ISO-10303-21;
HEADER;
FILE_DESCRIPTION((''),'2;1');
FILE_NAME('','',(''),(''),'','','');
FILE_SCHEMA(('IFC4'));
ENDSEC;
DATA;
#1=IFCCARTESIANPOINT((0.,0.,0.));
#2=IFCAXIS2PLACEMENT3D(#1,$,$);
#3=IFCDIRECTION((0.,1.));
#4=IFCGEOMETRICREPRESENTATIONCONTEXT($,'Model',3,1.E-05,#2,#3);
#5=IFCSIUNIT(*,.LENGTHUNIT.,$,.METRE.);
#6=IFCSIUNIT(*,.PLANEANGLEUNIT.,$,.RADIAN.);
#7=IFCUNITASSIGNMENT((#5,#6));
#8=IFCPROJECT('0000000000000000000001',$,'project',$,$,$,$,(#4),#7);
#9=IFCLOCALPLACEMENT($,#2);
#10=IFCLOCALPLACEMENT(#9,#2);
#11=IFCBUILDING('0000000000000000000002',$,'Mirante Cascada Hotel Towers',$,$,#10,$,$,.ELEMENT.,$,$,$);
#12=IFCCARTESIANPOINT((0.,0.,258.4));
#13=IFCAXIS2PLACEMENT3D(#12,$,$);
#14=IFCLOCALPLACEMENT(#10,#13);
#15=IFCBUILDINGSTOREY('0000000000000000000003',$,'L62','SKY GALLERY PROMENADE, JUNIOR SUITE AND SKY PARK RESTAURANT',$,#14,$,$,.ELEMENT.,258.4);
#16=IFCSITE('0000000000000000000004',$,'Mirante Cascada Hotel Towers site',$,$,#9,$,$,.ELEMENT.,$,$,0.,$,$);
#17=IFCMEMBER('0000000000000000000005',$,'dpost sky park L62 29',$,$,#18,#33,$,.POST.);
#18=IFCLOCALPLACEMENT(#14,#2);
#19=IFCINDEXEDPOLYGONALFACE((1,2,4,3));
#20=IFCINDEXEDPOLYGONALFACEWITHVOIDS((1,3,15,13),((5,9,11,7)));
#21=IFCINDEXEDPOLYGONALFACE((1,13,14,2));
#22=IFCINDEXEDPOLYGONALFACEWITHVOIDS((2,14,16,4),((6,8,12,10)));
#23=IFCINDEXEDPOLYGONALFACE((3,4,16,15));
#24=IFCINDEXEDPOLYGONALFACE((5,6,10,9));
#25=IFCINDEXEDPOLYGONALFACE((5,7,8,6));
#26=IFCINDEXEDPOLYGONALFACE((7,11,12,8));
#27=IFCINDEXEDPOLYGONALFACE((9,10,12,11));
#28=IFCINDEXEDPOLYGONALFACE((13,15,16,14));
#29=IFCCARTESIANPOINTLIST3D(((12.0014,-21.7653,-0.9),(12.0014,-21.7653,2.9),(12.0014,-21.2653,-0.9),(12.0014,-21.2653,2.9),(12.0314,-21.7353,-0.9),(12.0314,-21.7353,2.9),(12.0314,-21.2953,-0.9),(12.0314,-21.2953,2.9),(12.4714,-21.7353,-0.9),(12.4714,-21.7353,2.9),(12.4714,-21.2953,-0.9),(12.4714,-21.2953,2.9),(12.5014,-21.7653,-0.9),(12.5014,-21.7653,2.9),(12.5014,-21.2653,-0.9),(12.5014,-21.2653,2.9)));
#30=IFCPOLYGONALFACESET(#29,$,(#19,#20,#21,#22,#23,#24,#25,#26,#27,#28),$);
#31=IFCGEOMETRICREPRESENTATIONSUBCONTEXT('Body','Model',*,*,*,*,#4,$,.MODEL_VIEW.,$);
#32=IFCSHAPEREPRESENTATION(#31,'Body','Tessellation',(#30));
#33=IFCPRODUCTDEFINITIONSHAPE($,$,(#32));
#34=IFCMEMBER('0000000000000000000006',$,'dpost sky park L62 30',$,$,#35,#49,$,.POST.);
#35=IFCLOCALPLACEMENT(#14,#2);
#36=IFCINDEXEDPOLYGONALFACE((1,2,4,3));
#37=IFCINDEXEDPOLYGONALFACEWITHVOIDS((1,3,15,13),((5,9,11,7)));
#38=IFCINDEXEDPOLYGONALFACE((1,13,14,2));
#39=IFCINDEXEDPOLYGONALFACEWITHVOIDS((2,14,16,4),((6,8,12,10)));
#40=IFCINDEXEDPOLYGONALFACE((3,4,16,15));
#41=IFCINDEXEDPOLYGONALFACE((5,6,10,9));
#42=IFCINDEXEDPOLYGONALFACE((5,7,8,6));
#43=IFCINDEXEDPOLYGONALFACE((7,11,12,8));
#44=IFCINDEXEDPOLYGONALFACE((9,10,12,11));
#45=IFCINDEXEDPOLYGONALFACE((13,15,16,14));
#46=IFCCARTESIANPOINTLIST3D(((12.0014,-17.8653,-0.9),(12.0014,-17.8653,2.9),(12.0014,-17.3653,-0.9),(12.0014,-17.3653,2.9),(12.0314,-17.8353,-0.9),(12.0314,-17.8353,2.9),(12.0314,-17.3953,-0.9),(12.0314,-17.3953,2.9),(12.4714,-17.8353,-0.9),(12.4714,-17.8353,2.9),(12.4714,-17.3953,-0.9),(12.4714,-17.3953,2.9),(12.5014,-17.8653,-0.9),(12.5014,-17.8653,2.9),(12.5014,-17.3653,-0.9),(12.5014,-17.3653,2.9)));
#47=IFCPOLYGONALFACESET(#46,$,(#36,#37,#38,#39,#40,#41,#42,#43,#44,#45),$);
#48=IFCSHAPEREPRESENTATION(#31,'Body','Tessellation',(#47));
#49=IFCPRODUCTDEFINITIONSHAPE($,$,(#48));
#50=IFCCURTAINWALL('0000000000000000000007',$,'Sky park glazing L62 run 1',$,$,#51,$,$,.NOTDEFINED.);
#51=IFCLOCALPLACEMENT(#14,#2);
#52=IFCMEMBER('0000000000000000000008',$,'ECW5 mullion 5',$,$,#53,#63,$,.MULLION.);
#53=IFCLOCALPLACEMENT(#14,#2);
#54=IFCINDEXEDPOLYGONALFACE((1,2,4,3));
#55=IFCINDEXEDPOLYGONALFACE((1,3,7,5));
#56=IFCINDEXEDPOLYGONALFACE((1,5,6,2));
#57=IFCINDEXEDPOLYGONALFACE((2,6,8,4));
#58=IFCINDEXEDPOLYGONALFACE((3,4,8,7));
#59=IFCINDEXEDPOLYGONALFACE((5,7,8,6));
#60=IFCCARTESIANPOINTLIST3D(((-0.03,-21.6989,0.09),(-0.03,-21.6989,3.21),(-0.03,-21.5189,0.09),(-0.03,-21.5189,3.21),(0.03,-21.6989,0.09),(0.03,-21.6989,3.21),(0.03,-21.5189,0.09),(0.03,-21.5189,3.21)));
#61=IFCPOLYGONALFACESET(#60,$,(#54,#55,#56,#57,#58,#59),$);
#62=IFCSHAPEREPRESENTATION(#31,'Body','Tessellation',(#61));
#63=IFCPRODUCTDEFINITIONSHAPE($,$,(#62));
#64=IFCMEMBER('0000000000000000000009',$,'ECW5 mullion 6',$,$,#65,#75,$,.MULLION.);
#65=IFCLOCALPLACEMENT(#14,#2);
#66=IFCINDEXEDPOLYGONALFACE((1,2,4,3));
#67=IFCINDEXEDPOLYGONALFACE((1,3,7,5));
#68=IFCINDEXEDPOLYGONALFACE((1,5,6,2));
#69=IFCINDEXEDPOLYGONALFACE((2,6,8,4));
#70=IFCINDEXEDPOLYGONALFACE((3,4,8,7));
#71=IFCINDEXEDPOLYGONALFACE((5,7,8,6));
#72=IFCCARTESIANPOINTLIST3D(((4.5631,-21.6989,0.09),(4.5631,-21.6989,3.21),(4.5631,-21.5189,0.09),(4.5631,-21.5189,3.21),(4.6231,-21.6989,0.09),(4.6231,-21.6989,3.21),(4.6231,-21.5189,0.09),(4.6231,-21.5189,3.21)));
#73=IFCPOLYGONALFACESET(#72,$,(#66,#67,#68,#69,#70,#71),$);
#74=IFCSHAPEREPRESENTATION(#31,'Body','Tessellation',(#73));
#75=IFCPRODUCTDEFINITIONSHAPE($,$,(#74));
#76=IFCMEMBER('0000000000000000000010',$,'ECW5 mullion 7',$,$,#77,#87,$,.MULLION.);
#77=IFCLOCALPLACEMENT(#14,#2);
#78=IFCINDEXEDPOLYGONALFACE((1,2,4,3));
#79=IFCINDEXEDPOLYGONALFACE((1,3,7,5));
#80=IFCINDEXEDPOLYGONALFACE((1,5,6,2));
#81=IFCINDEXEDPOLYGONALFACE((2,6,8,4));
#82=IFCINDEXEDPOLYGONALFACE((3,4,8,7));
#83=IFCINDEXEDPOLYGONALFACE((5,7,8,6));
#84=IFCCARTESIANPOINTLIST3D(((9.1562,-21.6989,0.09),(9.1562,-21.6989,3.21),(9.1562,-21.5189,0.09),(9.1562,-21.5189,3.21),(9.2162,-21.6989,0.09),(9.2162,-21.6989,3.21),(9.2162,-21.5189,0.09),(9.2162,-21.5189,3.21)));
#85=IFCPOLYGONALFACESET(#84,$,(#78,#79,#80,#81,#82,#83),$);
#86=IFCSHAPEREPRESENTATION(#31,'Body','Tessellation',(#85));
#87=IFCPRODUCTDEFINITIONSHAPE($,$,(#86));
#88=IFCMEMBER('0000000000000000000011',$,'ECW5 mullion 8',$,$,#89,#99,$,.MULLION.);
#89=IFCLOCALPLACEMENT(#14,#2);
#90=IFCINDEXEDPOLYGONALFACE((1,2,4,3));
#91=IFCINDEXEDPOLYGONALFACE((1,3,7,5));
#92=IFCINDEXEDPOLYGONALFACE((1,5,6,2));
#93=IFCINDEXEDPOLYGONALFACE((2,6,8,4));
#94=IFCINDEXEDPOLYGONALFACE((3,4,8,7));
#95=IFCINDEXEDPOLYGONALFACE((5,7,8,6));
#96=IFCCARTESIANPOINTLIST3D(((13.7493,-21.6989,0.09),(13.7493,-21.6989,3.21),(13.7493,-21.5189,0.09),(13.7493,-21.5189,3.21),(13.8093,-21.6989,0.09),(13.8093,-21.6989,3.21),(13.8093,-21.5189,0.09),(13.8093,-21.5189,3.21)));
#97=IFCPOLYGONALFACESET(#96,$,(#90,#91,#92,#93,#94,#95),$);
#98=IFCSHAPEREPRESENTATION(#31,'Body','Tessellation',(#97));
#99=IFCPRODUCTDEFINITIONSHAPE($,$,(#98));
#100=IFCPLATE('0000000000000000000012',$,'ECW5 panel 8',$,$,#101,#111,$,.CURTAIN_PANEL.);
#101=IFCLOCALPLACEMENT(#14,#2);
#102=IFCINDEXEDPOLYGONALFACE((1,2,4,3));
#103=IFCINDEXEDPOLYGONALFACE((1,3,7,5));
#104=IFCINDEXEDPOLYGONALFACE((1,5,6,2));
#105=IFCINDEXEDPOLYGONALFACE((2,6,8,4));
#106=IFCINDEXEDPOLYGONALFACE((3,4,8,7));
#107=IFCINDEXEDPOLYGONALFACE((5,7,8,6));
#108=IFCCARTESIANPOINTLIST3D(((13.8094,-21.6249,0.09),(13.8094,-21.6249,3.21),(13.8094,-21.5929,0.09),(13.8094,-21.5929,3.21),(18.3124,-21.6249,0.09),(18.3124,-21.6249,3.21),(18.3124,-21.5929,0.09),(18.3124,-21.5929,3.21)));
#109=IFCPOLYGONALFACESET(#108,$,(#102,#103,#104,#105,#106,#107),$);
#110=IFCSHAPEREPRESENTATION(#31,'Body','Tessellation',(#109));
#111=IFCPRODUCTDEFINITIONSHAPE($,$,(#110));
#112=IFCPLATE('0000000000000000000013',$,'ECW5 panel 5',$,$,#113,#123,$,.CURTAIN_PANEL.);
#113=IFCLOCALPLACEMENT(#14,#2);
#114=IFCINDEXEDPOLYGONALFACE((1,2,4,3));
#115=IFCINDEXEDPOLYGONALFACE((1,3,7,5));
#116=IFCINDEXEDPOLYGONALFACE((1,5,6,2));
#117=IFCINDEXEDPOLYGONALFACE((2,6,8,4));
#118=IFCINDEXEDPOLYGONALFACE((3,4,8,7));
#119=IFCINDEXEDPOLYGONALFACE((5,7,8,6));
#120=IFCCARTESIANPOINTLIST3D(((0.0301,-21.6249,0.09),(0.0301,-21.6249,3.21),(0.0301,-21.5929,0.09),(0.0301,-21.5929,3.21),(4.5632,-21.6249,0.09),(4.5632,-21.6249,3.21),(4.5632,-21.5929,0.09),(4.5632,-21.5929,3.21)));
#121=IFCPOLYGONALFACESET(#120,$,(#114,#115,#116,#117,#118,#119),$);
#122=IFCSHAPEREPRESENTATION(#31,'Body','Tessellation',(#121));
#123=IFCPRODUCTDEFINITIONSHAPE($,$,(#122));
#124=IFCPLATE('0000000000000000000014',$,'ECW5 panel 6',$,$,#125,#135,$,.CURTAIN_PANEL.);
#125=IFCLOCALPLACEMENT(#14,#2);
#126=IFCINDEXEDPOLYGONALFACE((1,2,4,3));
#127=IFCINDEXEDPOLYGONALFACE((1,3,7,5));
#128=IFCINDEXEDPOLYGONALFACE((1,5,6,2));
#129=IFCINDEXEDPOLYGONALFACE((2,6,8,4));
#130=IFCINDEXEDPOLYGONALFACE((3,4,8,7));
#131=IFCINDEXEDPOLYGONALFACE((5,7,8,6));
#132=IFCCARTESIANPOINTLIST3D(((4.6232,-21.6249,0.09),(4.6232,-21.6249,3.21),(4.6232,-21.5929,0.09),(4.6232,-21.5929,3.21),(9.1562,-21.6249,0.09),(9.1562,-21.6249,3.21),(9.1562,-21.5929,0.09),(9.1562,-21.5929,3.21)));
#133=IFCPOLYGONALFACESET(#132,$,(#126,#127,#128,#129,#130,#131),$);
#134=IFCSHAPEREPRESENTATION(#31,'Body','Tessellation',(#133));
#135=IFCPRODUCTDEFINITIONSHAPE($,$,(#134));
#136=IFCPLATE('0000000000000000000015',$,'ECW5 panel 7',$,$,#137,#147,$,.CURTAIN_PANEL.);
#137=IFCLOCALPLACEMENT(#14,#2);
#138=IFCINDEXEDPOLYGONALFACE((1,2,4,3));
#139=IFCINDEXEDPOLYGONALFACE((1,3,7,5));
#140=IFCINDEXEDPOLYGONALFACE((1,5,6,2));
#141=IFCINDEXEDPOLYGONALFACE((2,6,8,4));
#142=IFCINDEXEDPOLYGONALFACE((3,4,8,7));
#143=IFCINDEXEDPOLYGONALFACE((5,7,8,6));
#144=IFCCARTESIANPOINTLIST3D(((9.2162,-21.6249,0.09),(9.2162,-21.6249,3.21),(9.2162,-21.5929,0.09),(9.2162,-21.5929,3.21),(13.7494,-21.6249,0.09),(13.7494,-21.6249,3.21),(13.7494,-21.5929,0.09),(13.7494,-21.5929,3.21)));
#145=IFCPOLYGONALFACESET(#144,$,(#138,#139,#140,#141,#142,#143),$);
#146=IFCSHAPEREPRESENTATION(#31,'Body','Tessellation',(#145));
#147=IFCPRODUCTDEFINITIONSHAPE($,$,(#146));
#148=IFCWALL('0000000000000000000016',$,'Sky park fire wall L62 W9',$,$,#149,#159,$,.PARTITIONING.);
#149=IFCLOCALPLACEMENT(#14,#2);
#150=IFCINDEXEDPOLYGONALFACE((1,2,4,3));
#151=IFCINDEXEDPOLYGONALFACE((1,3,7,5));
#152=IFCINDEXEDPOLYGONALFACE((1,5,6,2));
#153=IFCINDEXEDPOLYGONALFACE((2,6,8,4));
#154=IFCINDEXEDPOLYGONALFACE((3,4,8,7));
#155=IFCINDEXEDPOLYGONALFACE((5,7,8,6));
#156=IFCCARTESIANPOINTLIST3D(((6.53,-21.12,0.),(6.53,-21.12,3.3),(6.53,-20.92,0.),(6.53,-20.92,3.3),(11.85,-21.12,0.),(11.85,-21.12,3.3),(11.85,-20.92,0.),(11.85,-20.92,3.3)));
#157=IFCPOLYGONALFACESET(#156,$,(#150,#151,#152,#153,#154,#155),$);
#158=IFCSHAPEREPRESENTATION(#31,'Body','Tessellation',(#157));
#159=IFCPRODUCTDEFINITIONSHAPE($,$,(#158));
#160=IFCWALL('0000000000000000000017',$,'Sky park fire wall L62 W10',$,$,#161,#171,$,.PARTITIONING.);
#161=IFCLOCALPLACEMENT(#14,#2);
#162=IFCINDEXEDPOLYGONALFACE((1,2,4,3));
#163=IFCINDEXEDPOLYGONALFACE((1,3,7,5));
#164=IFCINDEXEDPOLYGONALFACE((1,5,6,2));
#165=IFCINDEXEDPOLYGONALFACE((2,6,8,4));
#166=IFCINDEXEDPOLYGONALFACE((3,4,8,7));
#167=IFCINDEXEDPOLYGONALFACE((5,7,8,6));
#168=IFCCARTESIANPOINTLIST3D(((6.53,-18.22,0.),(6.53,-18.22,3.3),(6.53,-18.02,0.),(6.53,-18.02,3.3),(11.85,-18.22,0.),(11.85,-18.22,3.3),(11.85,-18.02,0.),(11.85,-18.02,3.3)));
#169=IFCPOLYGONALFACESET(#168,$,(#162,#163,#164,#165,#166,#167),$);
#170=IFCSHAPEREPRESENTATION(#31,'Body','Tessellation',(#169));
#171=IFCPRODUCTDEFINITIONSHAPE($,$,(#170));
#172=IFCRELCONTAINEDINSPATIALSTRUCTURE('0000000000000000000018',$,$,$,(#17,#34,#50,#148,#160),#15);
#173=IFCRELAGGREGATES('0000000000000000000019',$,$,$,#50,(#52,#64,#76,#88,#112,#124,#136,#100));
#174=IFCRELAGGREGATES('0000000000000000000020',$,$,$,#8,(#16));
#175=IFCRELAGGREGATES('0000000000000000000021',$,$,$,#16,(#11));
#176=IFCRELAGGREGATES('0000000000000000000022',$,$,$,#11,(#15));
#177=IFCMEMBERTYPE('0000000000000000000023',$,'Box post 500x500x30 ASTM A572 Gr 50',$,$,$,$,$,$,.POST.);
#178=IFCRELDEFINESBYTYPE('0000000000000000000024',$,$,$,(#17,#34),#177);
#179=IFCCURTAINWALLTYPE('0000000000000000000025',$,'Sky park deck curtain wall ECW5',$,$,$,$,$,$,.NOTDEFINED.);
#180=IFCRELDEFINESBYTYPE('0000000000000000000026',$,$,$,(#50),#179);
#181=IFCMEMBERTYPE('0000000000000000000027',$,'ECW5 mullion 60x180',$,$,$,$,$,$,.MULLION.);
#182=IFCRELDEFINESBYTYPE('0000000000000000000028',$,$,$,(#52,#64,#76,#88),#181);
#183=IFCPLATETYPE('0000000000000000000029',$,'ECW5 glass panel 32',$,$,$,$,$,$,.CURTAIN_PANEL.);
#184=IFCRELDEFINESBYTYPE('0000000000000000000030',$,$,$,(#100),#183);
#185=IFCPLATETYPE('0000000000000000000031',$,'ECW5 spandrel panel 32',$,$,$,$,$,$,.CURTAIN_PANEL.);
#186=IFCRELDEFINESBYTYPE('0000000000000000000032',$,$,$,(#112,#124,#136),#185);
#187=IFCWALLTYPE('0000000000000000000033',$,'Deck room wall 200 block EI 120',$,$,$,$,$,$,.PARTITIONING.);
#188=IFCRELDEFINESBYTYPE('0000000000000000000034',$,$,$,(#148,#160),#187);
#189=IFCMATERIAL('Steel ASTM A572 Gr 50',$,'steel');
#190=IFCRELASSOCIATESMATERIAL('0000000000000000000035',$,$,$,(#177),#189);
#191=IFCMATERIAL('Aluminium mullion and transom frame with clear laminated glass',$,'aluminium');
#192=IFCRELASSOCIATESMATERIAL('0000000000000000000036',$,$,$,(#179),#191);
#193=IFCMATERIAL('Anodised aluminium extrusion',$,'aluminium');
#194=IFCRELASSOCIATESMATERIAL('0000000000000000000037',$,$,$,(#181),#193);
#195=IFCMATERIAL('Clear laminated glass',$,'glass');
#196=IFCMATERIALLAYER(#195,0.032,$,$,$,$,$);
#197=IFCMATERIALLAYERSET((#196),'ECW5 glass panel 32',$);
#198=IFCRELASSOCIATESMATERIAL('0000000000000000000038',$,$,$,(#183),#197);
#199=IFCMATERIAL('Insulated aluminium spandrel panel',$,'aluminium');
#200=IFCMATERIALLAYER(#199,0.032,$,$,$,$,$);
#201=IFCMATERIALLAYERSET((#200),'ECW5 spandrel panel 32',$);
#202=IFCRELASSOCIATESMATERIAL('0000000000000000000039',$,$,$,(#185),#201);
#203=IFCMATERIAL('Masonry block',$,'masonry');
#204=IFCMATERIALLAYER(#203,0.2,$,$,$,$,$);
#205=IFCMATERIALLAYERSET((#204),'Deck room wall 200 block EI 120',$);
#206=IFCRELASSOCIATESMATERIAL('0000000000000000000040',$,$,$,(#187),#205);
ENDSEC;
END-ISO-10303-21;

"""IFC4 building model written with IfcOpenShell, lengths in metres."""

from ifc_helpers import new_model, si_unit, direction, frame, frame_2d, origin, origin_2d, place, context, subcontext, project, spatial, rectangle, hollow_rectangle, extrude, material, layer, layer_set, material_profile, profile_set, type_object, element, aggregate, save


model = new_model("IFC4")

# Units and contexts
model_context = context("Model", 3, precision=1e-05, world=origin(), true_north=direction((0.0, 1.0)))
body_context = subcontext(model_context, "Body", "Model", "MODEL_VIEW")
ifc_project = project(units=[si_unit("LENGTHUNIT", "METRE"), si_unit("PLANEANGLEUNIT", "RADIAN")], contexts=[model_context])

# Site, building, storey
site_placement = place(None, origin())
site = spatial("IfcSite", under=ifc_project, at=site_placement, Name="Mirante Cascada Hotel Towers site", CompositionType="ELEMENT", RefElevation=0.0)
building_placement = place(site_placement, origin())
building = spatial("IfcBuilding", under=site, at=building_placement, Name="Mirante Cascada Hotel Towers", CompositionType="ELEMENT")
storey_placement = place(building_placement, frame((0.0, 0.0, 258.4)))
storey = spatial("IfcBuildingStorey", under=building, at=storey_placement, Name="L62", Description="SKY GALLERY PROMENADE, JUNIOR SUITE AND SKY PARK RESTAURANT", CompositionType="ELEMENT", Elevation=258.4)

# Members
ifc_material_1 = material(Name="Steel ASTM A572 Gr 50", Category="steel")
ifc_material_profile_1 = material_profile(ifc_material_1, hollow_rectangle(XDim=0.5, YDim=0.5, WallThickness=0.03, at=origin_2d()), Name="Box post 500x500x30 ASTM A572 Gr 50")
ifc_profile_set_1 = profile_set([ifc_material_profile_1], Name="Steel ASTM A572 Gr 50")
member_type_1 = type_object("IfcMemberType", Name="Box post 500x500x30 ASTM A572 Gr 50", PredefinedType="POST", material=ifc_profile_set_1)
for number, where, z_axis, x_axis, name in (
    (1, (12.2514, -21.5153, -0.9), (0.0, 0.0, 1.0), (1.0, 0.0, 0.0), "dpost sky park L62 29"),
    (2, (12.2514, -17.6153, -0.9), (0.0, 0.0, 1.0), (1.0, 0.0, 0.0), "dpost sky park L62 30"),
):
    element("IfcMember", number, at=place(storey_placement, frame(where, z_axis=z_axis, x_axis=x_axis)), inside=storey, type_object=member_type_1, Name=name, PredefinedType="POST", context=body_context, shape_type="SweptSolid", body=[
        extrude(hollow_rectangle(XDim=0.5, YDim=0.5, WallThickness=0.03, at=origin_2d()), origin(), (0.0, 0.0, 1.0), 3.8),
    ])

# Curtain wall, members, plates
ifc_material_2 = material(Name="Aluminium mullion and transom frame with clear laminated glass", Category="aluminium")
curtain_wall_type = type_object("IfcCurtainWallType", Name="Sky park deck curtain wall ECW5", PredefinedType="NOTDEFINED", material=ifc_material_2)
curtain_wall_placement = place(storey_placement, origin())
curtain_wall = element("IfcCurtainWall", 3, at=curtain_wall_placement, inside=storey, type_object=curtain_wall_type, Name="Sky park glazing L62 run 1", PredefinedType="NOTDEFINED")
ifc_material_3 = material(Name="Anodised aluminium extrusion", Category="aluminium")
ifc_material_profile_2 = material_profile(ifc_material_3, rectangle(XDim=0.18, YDim=0.06, at=origin_2d()), Name="ECW5 MULLION 60x180")
ifc_profile_set_2 = profile_set([ifc_material_profile_2], Name="Anodised aluminium extrusion")
member_type_2 = type_object("IfcMemberType", Name="ECW5 mullion 60x180", PredefinedType="MULLION", material=ifc_profile_set_2)
member_1_placement = place(storey_placement, frame((0.0, -21.6089, 0.09), z_axis=(0.0, 0.0, 1.0), x_axis=(0.0, 1.0, 0.0)))
member_1 = element("IfcMember", 4, at=member_1_placement, type_object=member_type_2, Name="ECW5 mullion 5", PredefinedType="MULLION", context=body_context, shape_type="SweptSolid", body=[
    extrude(rectangle(XDim=0.18, YDim=0.06, at=origin_2d()), origin(), (0.0, 0.0, 1.0), 3.12),
])
member_2_placement = place(storey_placement, frame((4.5931, -21.6089, 0.09), z_axis=(0.0, 0.0, 1.0), x_axis=(0.0, 1.0, 0.0)))
member_2 = element("IfcMember", 5, at=member_2_placement, type_object=member_type_2, Name="ECW5 mullion 6", PredefinedType="MULLION", context=body_context, shape_type="SweptSolid", body=[
    extrude(rectangle(XDim=0.18, YDim=0.06, at=origin_2d()), origin(), (0.0, 0.0, 1.0), 3.12),
])
member_3_placement = place(storey_placement, frame((9.1862, -21.6089, 0.09), z_axis=(0.0, 0.0, 1.0), x_axis=(0.0, 1.0, 0.0)))
member_3 = element("IfcMember", 6, at=member_3_placement, type_object=member_type_2, Name="ECW5 mullion 7", PredefinedType="MULLION", context=body_context, shape_type="SweptSolid", body=[
    extrude(rectangle(XDim=0.18, YDim=0.06, at=origin_2d()), origin(), (0.0, 0.0, 1.0), 3.12),
])
member_4_placement = place(storey_placement, frame((13.7793, -21.6089, 0.09), z_axis=(0.0, 0.0, 1.0), x_axis=(0.0, 1.0, 0.0)))
member_4 = element("IfcMember", 7, at=member_4_placement, type_object=member_type_2, Name="ECW5 mullion 8", PredefinedType="MULLION", context=body_context, shape_type="SweptSolid", body=[
    extrude(rectangle(XDim=0.18, YDim=0.06, at=origin_2d()), origin(), (0.0, 0.0, 1.0), 3.12),
])
ifc_material_4 = material(Name="Clear laminated glass", Category="glass")
ifc_layer_1 = layer(ifc_material_4, 0.032)
ifc_layer_set_1 = layer_set([ifc_layer_1], Name="ECW5 glass panel 32")
plate_type_1 = type_object("IfcPlateType", Name="ECW5 glass panel 32", PredefinedType="CURTAIN_PANEL", material=ifc_layer_set_1)
plate_1_placement = place(storey_placement, frame((16.0609, -21.6089, 0.09), z_axis=(0.0, 0.0, 1.0), x_axis=(1.0, 0.0, 0.0)))
plate_1 = element("IfcPlate", 8, at=plate_1_placement, type_object=plate_type_1, Name="ECW5 panel 8", PredefinedType="CURTAIN_PANEL", context=body_context, shape_type="SweptSolid", body=[
    extrude(rectangle(XDim=4.5031, YDim=0.032, at=origin_2d()), origin(), (0.0, 0.0, 1.0), 3.12),
])
ifc_material_5 = material(Name="Insulated aluminium spandrel panel", Category="aluminium")
ifc_layer_2 = layer(ifc_material_5, 0.032)
ifc_layer_set_2 = layer_set([ifc_layer_2], Name="ECW5 spandrel panel 32")
plate_type_2 = type_object("IfcPlateType", Name="ECW5 spandrel panel 32", PredefinedType="CURTAIN_PANEL", material=ifc_layer_set_2)
plate_2_placement = place(storey_placement, frame((2.2966, -21.6089, 0.09), z_axis=(0.0, 0.0, 1.0), x_axis=(1.0, 0.0, 0.0)))
plate_2 = element("IfcPlate", 9, at=plate_2_placement, type_object=plate_type_2, Name="ECW5 panel 5", PredefinedType="CURTAIN_PANEL", context=body_context, shape_type="SweptSolid", body=[
    extrude(rectangle(XDim=4.5331, YDim=0.032, at=origin_2d()), origin(), (0.0, 0.0, 1.0), 3.12),
])
plate_3_placement = place(storey_placement, frame((6.8897, -21.6089, 0.09), z_axis=(0.0, 0.0, 1.0), x_axis=(1.0, 0.0, 0.0)))
plate_3 = element("IfcPlate", 10, at=plate_3_placement, type_object=plate_type_2, Name="ECW5 panel 6", PredefinedType="CURTAIN_PANEL", context=body_context, shape_type="SweptSolid", body=[
    extrude(rectangle(XDim=4.5331, YDim=0.032, at=origin_2d()), origin(), (0.0, 0.0, 1.0), 3.12),
])
plate_4_placement = place(storey_placement, frame((11.4828, -21.6089, 0.09), z_axis=(0.0, 0.0, 1.0), x_axis=(1.0, 0.0, 0.0)))
plate_4 = element("IfcPlate", 11, at=plate_4_placement, type_object=plate_type_2, Name="ECW5 panel 7", PredefinedType="CURTAIN_PANEL", context=body_context, shape_type="SweptSolid", body=[
    extrude(rectangle(XDim=4.5331, YDim=0.032, at=origin_2d()), origin(), (0.0, 0.0, 1.0), 3.12),
])
aggregate(curtain_wall, [member_1, member_2, member_3, member_4, plate_2, plate_3, plate_4, plate_1])

# Walls
ifc_material_6 = material(Name="Masonry block", Category="masonry")
ifc_layer_3 = layer(ifc_material_6, 0.2)
ifc_layer_set_3 = layer_set([ifc_layer_3], Name="Deck room wall 200 block EI 120")
wall_type_1 = type_object("IfcWallType", Name="Deck room wall 200 block EI 120", PredefinedType="PARTITIONING", material=ifc_layer_set_3)
for number, where, z_axis, x_axis, name in (
    (12, (6.53, -21.02, 0.0), (0.0, 0.0, 1.0), (1.0, 0.0, 0.0), "Sky park fire wall L62 W9"),
    (13, (6.53, -18.12, 0.0), (0.0, 0.0, 1.0), (1.0, 0.0, 0.0), "Sky park fire wall L62 W10"),
):
    element("IfcWall", number, at=place(storey_placement, frame(where, z_axis=z_axis, x_axis=x_axis)), inside=storey, type_object=wall_type_1, Name=name, PredefinedType="PARTITIONING", context=body_context, shape_type="SweptSolid", body=[
        extrude(rectangle(XDim=5.32, YDim=0.2, at=frame_2d((2.66, 0.0))), origin(), (0.0, 0.0, 1.0), 3.3),
    ])

save(model, "model.ifc")
